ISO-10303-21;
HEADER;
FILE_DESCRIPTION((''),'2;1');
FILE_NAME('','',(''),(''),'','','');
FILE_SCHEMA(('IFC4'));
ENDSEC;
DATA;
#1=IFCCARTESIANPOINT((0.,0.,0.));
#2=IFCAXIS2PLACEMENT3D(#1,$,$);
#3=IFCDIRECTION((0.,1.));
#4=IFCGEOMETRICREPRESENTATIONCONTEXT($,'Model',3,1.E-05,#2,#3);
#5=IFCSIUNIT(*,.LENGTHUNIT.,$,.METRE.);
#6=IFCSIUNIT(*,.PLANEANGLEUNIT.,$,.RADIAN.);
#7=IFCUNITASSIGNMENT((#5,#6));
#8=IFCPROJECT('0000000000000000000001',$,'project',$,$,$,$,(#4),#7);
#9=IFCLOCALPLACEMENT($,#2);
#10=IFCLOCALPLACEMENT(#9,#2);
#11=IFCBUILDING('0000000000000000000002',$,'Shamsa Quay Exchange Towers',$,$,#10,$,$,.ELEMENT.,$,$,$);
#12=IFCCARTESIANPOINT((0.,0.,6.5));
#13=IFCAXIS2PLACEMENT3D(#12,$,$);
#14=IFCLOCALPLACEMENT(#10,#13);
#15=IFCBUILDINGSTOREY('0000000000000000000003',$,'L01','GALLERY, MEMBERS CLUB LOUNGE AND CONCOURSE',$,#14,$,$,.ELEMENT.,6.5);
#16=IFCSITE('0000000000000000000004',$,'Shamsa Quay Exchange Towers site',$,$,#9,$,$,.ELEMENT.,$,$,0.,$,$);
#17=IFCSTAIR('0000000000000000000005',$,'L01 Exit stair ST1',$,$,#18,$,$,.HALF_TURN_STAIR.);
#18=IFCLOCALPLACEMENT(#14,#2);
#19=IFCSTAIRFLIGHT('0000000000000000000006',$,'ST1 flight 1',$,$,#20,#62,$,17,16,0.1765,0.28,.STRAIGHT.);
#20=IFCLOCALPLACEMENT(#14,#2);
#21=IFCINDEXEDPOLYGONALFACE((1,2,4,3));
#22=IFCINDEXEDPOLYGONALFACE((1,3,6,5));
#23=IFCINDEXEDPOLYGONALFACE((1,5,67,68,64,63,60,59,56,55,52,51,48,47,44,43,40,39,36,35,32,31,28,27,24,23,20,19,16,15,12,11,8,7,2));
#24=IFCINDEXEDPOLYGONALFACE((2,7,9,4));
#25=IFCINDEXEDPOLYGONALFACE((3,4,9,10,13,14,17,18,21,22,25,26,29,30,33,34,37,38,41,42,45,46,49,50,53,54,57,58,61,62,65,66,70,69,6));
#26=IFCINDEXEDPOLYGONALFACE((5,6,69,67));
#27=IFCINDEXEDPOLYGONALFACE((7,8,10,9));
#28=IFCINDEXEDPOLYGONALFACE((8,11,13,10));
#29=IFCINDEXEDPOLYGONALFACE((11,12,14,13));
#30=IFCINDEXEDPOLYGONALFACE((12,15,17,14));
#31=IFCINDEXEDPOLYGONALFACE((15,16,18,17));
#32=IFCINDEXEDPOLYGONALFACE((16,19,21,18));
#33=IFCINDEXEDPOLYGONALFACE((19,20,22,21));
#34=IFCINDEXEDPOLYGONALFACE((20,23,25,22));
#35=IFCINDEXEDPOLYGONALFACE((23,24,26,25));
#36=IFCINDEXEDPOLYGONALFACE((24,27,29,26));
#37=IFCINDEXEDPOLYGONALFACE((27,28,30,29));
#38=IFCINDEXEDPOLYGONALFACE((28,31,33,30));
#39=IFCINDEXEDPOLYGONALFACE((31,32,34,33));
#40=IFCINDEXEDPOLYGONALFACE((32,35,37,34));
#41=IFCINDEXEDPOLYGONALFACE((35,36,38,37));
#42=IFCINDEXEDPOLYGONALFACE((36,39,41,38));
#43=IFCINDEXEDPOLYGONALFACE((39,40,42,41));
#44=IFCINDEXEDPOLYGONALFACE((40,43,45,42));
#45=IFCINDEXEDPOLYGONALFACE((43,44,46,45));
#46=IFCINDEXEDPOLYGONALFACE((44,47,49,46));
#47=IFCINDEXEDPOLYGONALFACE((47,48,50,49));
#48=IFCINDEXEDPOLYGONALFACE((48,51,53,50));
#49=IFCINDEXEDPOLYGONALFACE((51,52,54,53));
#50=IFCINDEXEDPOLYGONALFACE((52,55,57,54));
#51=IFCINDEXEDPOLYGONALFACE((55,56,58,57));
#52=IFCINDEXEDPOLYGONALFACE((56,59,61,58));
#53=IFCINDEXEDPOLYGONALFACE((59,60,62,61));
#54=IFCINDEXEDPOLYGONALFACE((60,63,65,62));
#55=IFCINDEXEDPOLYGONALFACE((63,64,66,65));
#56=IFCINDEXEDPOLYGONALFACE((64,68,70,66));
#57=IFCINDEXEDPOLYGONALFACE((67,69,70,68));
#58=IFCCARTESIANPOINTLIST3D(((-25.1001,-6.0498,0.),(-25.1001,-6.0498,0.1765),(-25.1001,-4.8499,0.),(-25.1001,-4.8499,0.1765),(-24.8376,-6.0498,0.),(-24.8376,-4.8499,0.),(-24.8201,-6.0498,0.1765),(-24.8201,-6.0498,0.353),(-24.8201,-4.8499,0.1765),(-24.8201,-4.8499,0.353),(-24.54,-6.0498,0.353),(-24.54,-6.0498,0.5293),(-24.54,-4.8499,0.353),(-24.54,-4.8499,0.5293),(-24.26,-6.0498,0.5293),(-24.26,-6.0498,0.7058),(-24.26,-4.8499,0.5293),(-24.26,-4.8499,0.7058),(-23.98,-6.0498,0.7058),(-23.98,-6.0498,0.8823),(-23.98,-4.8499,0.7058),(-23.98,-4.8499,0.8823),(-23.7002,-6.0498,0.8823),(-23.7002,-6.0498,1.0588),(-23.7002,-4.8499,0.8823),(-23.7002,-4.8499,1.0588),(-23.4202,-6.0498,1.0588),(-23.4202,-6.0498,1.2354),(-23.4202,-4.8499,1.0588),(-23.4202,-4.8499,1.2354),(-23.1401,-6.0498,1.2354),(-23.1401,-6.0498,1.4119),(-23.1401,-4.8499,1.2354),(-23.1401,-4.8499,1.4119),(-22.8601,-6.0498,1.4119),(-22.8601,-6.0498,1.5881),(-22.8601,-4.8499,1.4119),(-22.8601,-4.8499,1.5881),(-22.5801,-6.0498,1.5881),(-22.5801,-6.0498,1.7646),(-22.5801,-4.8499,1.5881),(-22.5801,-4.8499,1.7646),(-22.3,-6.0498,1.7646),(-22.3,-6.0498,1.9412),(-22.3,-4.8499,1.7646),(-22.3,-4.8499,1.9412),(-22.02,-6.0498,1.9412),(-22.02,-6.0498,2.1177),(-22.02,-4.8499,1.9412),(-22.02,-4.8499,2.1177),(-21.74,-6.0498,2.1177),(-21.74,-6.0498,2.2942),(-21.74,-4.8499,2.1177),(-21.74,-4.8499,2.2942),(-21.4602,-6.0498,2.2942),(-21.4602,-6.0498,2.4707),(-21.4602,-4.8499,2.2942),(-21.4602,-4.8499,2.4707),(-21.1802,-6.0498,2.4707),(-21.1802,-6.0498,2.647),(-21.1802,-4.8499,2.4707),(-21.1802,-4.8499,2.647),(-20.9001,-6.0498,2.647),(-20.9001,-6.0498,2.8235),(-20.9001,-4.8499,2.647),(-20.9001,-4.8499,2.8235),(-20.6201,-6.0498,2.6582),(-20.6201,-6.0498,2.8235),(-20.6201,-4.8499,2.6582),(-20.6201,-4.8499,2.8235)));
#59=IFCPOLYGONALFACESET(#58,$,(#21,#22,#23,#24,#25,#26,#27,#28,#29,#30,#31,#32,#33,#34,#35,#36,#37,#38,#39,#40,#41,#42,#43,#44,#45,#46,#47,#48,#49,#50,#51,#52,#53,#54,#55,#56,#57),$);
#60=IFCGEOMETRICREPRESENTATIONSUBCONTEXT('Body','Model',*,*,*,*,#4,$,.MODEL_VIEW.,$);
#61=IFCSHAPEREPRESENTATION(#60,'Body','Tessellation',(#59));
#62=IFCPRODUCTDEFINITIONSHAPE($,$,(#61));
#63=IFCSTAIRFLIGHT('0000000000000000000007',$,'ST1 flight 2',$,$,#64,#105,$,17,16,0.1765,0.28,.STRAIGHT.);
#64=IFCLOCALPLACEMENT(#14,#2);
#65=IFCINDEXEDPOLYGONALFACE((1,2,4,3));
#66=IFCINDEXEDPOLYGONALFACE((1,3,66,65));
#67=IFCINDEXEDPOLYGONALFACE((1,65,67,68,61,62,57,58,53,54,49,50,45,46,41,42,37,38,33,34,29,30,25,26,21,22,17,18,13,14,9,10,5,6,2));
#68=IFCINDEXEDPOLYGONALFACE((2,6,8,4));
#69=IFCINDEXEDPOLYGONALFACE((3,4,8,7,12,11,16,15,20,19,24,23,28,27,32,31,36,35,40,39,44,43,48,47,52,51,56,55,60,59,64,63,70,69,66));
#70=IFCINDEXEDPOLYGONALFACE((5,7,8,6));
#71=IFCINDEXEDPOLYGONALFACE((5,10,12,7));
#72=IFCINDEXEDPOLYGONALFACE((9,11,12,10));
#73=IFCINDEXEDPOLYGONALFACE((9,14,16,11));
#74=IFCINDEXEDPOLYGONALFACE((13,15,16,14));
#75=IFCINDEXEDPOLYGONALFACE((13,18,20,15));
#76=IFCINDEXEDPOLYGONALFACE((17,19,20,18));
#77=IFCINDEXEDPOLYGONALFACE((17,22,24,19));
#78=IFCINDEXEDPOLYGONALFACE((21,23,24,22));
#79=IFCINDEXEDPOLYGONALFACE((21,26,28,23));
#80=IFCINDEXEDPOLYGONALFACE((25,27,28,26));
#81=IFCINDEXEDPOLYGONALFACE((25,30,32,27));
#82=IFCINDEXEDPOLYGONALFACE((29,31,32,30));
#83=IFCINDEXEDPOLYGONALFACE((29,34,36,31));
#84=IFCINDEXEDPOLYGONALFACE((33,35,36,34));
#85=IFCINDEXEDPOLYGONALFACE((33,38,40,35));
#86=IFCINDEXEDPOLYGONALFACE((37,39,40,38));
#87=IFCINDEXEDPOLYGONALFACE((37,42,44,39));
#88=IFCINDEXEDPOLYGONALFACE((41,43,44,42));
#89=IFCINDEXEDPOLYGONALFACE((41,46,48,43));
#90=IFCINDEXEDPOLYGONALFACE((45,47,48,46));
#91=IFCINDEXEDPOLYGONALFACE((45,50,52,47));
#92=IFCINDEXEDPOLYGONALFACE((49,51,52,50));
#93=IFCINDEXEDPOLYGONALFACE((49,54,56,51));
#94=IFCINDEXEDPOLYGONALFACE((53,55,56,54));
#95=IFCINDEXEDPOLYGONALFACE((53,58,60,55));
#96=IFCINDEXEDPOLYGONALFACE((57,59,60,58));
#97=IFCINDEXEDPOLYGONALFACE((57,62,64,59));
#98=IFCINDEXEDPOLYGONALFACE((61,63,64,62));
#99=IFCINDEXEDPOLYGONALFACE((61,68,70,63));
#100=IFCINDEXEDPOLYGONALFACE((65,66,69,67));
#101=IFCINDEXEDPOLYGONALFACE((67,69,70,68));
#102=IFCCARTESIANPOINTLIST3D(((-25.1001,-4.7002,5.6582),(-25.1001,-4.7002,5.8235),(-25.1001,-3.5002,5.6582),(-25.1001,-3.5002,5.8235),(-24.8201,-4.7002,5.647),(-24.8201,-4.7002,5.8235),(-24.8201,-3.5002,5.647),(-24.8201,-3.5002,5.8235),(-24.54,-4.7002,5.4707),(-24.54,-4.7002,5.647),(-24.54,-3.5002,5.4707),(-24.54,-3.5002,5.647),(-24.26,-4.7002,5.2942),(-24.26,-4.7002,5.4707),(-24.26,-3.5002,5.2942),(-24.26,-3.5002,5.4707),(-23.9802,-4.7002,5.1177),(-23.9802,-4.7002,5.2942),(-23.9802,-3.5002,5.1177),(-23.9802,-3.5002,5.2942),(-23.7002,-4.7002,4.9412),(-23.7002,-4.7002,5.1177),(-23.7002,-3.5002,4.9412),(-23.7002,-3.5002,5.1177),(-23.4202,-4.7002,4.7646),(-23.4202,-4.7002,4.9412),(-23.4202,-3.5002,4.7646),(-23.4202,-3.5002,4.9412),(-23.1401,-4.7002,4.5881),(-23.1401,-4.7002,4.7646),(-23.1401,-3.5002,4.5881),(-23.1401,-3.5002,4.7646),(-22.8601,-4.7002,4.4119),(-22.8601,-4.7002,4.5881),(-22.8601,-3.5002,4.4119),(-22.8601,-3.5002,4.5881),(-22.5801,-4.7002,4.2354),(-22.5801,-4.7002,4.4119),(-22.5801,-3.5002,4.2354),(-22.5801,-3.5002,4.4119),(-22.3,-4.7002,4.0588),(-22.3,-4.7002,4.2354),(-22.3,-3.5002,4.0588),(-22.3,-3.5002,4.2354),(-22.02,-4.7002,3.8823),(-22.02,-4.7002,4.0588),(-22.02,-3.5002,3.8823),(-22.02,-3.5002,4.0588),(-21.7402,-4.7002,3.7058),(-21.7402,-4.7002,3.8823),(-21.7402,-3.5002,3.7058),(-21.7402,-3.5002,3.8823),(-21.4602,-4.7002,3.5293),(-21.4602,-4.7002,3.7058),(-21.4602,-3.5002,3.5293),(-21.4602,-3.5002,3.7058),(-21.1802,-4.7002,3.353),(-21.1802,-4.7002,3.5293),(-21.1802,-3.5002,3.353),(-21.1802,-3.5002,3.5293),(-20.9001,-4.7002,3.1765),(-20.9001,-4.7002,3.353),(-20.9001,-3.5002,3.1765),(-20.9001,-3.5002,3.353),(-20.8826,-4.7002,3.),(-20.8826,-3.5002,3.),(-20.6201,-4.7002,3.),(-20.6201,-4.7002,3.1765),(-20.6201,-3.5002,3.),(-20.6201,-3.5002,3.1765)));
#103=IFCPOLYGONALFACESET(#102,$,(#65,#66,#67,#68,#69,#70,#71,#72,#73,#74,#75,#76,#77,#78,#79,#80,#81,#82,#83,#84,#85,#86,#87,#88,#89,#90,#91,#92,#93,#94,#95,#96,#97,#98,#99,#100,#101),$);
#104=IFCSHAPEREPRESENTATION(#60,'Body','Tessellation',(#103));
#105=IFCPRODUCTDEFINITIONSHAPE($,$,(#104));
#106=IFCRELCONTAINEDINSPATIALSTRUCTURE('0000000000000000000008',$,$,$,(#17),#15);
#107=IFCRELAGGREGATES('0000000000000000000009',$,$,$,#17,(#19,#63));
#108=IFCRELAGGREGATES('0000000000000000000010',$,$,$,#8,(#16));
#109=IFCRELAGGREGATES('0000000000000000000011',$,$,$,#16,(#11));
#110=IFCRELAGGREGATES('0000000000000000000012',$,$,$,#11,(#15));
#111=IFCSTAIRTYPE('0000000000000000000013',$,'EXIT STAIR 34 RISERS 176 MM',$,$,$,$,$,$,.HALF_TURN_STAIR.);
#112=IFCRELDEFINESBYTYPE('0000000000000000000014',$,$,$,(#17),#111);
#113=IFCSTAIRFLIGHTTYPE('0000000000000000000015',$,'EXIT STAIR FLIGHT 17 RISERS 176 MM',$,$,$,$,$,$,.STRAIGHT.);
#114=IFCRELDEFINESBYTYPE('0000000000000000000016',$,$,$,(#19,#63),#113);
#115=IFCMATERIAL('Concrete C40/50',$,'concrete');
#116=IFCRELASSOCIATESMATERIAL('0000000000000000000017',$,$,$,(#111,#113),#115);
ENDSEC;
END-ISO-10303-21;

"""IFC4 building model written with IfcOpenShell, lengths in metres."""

from ifc_helpers import new_model, si_unit, direction, frame, origin, place, context, subcontext, project, spatial, polyline, outline, extrude, material, type_object, element, aggregate, save


model = new_model("IFC4")

# Units and contexts
model_context = context("Model", 3, precision=1e-05, world=origin(), true_north=direction((0.0, 1.0)))
body_context = subcontext(model_context, "Body", "Model", "MODEL_VIEW")
ifc_project = project(units=[si_unit("LENGTHUNIT", "METRE"), si_unit("PLANEANGLEUNIT", "RADIAN")], contexts=[model_context])

# Site, building, storey
site_placement = place(None, origin())
site = spatial("IfcSite", under=ifc_project, at=site_placement, Name="Shamsa Quay Exchange Towers site", CompositionType="ELEMENT", RefElevation=0.0)
building_placement = place(site_placement, origin())
building = spatial("IfcBuilding", under=site, at=building_placement, Name="Shamsa Quay Exchange Towers", CompositionType="ELEMENT")
storey_placement = place(building_placement, frame((0.0, 0.0, 6.5)))
storey = spatial("IfcBuildingStorey", under=building, at=storey_placement, Name="L01", Description="GALLERY, MEMBERS CLUB LOUNGE AND CONCOURSE", CompositionType="ELEMENT", Elevation=6.5)

# Stair, stair flights
ifc_material_1 = material(Name="Concrete C40/50", Category="concrete")
stair_type = type_object("IfcStairType", Name="EXIT STAIR 34 RISERS 176 MM", PredefinedType="HALF_TURN_STAIR", material=ifc_material_1)
stair_placement = place(storey_placement, origin())
stair = element("IfcStair", 1, at=stair_placement, inside=storey, type_object=stair_type, Name="L01 Exit stair ST1", PredefinedType="HALF_TURN_STAIR")
stair_flight_type = type_object("IfcStairFlightType", Name="EXIT STAIR FLIGHT 17 RISERS 176 MM", PredefinedType="STRAIGHT", material=ifc_material_1)
stair_flight_1_placement = place(storey_placement, frame((-25.1001, -5.45, 0.0)))
stair_flight_1 = element("IfcStairFlight", 2, at=stair_flight_1_placement, type_object=stair_flight_type, Name="ST1 flight 1", NumberOfRisers=17, NumberOfTreads=16, PredefinedType="STRAIGHT", RiserHeight=0.1765, TreadLength=0.28, context=body_context, shape_type="SweptSolid", body=[
    extrude(outline(polyline([(0.0, 0.0), (0.0, 0.1765), (0.28, 0.1765), (0.28, 0.353), (0.5601, 0.353), (0.5601, 0.5293), (0.8401, 0.5293), (0.8401, 0.7058), (1.1201, 0.7058), (1.1201, 0.8823), (1.3999, 0.8823), (1.3999, 1.0588), (1.6799, 1.0588), (1.6799, 1.2354), (1.96, 1.2354), (1.96, 1.4119), (2.24, 1.4119), (2.24, 1.5881), (2.52, 1.5881), (2.52, 1.7646), (2.8, 1.7646), (2.8, 1.9412), (3.0801, 1.9412), (3.0801, 2.1177), (3.3601, 2.1177), (3.3601, 2.2942), (3.6399, 2.2942), (3.6399, 2.4707), (3.9199, 2.4707), (3.9199, 2.647), (4.2, 2.647), (4.2, 2.8235), (4.48, 2.8235), (4.48, 3.0), (4.48, 2.6582), (0.2625, 0.0), (0.0, 0.0)])), frame((0.0, 0.6001, 0.0), z_axis=(0.0, -1.0, 0.0), x_axis=(1.0, 0.0, 0.0)), (0.0, 0.0, 1.0), 1.2),
])
stair_flight_2_placement = place(storey_placement, frame((-20.6201, -4.1001, 3.0), z_axis=(0.0, 0.0, 1.0), x_axis=(-1.0, 0.0, 0.0)))
stair_flight_2 = element("IfcStairFlight", 3, at=stair_flight_2_placement, type_object=stair_flight_type, Name="ST1 flight 2", NumberOfRisers=17, NumberOfTreads=16, PredefinedType="STRAIGHT", RiserHeight=0.1765, TreadLength=0.28, context=body_context, shape_type="SweptSolid", body=[
    extrude(outline(polyline([(0.0, 0.0), (0.0, 0.1765), (0.28, 0.1765), (0.28, 0.353), (0.5601, 0.353), (0.5601, 0.5293), (0.8401, 0.5293), (0.8401, 0.7058), (1.1201, 0.7058), (1.1201, 0.8823), (1.3999, 0.8823), (1.3999, 1.0588), (1.6799, 1.0588), (1.6799, 1.2354), (1.96, 1.2354), (1.96, 1.4119), (2.24, 1.4119), (2.24, 1.5881), (2.52, 1.5881), (2.52, 1.7646), (2.8, 1.7646), (2.8, 1.9412), (3.0801, 1.9412), (3.0801, 2.1177), (3.3601, 2.1177), (3.3601, 2.2942), (3.6399, 2.2942), (3.6399, 2.4707), (3.9199, 2.4707), (3.9199, 2.647), (4.2, 2.647), (4.2, 2.8235), (4.48, 2.8235), (4.48, 3.0), (4.48, 2.6582), (0.2625, 0.0), (0.0, 0.0)])), frame((0.0, 0.6001, 0.0), z_axis=(0.0, -1.0, 0.0), x_axis=(1.0, 0.0, 0.0)), (0.0, 0.0, 1.0), 1.2),
])
aggregate(stair, [stair_flight_1, stair_flight_2])

save(model, "model.ifc")
